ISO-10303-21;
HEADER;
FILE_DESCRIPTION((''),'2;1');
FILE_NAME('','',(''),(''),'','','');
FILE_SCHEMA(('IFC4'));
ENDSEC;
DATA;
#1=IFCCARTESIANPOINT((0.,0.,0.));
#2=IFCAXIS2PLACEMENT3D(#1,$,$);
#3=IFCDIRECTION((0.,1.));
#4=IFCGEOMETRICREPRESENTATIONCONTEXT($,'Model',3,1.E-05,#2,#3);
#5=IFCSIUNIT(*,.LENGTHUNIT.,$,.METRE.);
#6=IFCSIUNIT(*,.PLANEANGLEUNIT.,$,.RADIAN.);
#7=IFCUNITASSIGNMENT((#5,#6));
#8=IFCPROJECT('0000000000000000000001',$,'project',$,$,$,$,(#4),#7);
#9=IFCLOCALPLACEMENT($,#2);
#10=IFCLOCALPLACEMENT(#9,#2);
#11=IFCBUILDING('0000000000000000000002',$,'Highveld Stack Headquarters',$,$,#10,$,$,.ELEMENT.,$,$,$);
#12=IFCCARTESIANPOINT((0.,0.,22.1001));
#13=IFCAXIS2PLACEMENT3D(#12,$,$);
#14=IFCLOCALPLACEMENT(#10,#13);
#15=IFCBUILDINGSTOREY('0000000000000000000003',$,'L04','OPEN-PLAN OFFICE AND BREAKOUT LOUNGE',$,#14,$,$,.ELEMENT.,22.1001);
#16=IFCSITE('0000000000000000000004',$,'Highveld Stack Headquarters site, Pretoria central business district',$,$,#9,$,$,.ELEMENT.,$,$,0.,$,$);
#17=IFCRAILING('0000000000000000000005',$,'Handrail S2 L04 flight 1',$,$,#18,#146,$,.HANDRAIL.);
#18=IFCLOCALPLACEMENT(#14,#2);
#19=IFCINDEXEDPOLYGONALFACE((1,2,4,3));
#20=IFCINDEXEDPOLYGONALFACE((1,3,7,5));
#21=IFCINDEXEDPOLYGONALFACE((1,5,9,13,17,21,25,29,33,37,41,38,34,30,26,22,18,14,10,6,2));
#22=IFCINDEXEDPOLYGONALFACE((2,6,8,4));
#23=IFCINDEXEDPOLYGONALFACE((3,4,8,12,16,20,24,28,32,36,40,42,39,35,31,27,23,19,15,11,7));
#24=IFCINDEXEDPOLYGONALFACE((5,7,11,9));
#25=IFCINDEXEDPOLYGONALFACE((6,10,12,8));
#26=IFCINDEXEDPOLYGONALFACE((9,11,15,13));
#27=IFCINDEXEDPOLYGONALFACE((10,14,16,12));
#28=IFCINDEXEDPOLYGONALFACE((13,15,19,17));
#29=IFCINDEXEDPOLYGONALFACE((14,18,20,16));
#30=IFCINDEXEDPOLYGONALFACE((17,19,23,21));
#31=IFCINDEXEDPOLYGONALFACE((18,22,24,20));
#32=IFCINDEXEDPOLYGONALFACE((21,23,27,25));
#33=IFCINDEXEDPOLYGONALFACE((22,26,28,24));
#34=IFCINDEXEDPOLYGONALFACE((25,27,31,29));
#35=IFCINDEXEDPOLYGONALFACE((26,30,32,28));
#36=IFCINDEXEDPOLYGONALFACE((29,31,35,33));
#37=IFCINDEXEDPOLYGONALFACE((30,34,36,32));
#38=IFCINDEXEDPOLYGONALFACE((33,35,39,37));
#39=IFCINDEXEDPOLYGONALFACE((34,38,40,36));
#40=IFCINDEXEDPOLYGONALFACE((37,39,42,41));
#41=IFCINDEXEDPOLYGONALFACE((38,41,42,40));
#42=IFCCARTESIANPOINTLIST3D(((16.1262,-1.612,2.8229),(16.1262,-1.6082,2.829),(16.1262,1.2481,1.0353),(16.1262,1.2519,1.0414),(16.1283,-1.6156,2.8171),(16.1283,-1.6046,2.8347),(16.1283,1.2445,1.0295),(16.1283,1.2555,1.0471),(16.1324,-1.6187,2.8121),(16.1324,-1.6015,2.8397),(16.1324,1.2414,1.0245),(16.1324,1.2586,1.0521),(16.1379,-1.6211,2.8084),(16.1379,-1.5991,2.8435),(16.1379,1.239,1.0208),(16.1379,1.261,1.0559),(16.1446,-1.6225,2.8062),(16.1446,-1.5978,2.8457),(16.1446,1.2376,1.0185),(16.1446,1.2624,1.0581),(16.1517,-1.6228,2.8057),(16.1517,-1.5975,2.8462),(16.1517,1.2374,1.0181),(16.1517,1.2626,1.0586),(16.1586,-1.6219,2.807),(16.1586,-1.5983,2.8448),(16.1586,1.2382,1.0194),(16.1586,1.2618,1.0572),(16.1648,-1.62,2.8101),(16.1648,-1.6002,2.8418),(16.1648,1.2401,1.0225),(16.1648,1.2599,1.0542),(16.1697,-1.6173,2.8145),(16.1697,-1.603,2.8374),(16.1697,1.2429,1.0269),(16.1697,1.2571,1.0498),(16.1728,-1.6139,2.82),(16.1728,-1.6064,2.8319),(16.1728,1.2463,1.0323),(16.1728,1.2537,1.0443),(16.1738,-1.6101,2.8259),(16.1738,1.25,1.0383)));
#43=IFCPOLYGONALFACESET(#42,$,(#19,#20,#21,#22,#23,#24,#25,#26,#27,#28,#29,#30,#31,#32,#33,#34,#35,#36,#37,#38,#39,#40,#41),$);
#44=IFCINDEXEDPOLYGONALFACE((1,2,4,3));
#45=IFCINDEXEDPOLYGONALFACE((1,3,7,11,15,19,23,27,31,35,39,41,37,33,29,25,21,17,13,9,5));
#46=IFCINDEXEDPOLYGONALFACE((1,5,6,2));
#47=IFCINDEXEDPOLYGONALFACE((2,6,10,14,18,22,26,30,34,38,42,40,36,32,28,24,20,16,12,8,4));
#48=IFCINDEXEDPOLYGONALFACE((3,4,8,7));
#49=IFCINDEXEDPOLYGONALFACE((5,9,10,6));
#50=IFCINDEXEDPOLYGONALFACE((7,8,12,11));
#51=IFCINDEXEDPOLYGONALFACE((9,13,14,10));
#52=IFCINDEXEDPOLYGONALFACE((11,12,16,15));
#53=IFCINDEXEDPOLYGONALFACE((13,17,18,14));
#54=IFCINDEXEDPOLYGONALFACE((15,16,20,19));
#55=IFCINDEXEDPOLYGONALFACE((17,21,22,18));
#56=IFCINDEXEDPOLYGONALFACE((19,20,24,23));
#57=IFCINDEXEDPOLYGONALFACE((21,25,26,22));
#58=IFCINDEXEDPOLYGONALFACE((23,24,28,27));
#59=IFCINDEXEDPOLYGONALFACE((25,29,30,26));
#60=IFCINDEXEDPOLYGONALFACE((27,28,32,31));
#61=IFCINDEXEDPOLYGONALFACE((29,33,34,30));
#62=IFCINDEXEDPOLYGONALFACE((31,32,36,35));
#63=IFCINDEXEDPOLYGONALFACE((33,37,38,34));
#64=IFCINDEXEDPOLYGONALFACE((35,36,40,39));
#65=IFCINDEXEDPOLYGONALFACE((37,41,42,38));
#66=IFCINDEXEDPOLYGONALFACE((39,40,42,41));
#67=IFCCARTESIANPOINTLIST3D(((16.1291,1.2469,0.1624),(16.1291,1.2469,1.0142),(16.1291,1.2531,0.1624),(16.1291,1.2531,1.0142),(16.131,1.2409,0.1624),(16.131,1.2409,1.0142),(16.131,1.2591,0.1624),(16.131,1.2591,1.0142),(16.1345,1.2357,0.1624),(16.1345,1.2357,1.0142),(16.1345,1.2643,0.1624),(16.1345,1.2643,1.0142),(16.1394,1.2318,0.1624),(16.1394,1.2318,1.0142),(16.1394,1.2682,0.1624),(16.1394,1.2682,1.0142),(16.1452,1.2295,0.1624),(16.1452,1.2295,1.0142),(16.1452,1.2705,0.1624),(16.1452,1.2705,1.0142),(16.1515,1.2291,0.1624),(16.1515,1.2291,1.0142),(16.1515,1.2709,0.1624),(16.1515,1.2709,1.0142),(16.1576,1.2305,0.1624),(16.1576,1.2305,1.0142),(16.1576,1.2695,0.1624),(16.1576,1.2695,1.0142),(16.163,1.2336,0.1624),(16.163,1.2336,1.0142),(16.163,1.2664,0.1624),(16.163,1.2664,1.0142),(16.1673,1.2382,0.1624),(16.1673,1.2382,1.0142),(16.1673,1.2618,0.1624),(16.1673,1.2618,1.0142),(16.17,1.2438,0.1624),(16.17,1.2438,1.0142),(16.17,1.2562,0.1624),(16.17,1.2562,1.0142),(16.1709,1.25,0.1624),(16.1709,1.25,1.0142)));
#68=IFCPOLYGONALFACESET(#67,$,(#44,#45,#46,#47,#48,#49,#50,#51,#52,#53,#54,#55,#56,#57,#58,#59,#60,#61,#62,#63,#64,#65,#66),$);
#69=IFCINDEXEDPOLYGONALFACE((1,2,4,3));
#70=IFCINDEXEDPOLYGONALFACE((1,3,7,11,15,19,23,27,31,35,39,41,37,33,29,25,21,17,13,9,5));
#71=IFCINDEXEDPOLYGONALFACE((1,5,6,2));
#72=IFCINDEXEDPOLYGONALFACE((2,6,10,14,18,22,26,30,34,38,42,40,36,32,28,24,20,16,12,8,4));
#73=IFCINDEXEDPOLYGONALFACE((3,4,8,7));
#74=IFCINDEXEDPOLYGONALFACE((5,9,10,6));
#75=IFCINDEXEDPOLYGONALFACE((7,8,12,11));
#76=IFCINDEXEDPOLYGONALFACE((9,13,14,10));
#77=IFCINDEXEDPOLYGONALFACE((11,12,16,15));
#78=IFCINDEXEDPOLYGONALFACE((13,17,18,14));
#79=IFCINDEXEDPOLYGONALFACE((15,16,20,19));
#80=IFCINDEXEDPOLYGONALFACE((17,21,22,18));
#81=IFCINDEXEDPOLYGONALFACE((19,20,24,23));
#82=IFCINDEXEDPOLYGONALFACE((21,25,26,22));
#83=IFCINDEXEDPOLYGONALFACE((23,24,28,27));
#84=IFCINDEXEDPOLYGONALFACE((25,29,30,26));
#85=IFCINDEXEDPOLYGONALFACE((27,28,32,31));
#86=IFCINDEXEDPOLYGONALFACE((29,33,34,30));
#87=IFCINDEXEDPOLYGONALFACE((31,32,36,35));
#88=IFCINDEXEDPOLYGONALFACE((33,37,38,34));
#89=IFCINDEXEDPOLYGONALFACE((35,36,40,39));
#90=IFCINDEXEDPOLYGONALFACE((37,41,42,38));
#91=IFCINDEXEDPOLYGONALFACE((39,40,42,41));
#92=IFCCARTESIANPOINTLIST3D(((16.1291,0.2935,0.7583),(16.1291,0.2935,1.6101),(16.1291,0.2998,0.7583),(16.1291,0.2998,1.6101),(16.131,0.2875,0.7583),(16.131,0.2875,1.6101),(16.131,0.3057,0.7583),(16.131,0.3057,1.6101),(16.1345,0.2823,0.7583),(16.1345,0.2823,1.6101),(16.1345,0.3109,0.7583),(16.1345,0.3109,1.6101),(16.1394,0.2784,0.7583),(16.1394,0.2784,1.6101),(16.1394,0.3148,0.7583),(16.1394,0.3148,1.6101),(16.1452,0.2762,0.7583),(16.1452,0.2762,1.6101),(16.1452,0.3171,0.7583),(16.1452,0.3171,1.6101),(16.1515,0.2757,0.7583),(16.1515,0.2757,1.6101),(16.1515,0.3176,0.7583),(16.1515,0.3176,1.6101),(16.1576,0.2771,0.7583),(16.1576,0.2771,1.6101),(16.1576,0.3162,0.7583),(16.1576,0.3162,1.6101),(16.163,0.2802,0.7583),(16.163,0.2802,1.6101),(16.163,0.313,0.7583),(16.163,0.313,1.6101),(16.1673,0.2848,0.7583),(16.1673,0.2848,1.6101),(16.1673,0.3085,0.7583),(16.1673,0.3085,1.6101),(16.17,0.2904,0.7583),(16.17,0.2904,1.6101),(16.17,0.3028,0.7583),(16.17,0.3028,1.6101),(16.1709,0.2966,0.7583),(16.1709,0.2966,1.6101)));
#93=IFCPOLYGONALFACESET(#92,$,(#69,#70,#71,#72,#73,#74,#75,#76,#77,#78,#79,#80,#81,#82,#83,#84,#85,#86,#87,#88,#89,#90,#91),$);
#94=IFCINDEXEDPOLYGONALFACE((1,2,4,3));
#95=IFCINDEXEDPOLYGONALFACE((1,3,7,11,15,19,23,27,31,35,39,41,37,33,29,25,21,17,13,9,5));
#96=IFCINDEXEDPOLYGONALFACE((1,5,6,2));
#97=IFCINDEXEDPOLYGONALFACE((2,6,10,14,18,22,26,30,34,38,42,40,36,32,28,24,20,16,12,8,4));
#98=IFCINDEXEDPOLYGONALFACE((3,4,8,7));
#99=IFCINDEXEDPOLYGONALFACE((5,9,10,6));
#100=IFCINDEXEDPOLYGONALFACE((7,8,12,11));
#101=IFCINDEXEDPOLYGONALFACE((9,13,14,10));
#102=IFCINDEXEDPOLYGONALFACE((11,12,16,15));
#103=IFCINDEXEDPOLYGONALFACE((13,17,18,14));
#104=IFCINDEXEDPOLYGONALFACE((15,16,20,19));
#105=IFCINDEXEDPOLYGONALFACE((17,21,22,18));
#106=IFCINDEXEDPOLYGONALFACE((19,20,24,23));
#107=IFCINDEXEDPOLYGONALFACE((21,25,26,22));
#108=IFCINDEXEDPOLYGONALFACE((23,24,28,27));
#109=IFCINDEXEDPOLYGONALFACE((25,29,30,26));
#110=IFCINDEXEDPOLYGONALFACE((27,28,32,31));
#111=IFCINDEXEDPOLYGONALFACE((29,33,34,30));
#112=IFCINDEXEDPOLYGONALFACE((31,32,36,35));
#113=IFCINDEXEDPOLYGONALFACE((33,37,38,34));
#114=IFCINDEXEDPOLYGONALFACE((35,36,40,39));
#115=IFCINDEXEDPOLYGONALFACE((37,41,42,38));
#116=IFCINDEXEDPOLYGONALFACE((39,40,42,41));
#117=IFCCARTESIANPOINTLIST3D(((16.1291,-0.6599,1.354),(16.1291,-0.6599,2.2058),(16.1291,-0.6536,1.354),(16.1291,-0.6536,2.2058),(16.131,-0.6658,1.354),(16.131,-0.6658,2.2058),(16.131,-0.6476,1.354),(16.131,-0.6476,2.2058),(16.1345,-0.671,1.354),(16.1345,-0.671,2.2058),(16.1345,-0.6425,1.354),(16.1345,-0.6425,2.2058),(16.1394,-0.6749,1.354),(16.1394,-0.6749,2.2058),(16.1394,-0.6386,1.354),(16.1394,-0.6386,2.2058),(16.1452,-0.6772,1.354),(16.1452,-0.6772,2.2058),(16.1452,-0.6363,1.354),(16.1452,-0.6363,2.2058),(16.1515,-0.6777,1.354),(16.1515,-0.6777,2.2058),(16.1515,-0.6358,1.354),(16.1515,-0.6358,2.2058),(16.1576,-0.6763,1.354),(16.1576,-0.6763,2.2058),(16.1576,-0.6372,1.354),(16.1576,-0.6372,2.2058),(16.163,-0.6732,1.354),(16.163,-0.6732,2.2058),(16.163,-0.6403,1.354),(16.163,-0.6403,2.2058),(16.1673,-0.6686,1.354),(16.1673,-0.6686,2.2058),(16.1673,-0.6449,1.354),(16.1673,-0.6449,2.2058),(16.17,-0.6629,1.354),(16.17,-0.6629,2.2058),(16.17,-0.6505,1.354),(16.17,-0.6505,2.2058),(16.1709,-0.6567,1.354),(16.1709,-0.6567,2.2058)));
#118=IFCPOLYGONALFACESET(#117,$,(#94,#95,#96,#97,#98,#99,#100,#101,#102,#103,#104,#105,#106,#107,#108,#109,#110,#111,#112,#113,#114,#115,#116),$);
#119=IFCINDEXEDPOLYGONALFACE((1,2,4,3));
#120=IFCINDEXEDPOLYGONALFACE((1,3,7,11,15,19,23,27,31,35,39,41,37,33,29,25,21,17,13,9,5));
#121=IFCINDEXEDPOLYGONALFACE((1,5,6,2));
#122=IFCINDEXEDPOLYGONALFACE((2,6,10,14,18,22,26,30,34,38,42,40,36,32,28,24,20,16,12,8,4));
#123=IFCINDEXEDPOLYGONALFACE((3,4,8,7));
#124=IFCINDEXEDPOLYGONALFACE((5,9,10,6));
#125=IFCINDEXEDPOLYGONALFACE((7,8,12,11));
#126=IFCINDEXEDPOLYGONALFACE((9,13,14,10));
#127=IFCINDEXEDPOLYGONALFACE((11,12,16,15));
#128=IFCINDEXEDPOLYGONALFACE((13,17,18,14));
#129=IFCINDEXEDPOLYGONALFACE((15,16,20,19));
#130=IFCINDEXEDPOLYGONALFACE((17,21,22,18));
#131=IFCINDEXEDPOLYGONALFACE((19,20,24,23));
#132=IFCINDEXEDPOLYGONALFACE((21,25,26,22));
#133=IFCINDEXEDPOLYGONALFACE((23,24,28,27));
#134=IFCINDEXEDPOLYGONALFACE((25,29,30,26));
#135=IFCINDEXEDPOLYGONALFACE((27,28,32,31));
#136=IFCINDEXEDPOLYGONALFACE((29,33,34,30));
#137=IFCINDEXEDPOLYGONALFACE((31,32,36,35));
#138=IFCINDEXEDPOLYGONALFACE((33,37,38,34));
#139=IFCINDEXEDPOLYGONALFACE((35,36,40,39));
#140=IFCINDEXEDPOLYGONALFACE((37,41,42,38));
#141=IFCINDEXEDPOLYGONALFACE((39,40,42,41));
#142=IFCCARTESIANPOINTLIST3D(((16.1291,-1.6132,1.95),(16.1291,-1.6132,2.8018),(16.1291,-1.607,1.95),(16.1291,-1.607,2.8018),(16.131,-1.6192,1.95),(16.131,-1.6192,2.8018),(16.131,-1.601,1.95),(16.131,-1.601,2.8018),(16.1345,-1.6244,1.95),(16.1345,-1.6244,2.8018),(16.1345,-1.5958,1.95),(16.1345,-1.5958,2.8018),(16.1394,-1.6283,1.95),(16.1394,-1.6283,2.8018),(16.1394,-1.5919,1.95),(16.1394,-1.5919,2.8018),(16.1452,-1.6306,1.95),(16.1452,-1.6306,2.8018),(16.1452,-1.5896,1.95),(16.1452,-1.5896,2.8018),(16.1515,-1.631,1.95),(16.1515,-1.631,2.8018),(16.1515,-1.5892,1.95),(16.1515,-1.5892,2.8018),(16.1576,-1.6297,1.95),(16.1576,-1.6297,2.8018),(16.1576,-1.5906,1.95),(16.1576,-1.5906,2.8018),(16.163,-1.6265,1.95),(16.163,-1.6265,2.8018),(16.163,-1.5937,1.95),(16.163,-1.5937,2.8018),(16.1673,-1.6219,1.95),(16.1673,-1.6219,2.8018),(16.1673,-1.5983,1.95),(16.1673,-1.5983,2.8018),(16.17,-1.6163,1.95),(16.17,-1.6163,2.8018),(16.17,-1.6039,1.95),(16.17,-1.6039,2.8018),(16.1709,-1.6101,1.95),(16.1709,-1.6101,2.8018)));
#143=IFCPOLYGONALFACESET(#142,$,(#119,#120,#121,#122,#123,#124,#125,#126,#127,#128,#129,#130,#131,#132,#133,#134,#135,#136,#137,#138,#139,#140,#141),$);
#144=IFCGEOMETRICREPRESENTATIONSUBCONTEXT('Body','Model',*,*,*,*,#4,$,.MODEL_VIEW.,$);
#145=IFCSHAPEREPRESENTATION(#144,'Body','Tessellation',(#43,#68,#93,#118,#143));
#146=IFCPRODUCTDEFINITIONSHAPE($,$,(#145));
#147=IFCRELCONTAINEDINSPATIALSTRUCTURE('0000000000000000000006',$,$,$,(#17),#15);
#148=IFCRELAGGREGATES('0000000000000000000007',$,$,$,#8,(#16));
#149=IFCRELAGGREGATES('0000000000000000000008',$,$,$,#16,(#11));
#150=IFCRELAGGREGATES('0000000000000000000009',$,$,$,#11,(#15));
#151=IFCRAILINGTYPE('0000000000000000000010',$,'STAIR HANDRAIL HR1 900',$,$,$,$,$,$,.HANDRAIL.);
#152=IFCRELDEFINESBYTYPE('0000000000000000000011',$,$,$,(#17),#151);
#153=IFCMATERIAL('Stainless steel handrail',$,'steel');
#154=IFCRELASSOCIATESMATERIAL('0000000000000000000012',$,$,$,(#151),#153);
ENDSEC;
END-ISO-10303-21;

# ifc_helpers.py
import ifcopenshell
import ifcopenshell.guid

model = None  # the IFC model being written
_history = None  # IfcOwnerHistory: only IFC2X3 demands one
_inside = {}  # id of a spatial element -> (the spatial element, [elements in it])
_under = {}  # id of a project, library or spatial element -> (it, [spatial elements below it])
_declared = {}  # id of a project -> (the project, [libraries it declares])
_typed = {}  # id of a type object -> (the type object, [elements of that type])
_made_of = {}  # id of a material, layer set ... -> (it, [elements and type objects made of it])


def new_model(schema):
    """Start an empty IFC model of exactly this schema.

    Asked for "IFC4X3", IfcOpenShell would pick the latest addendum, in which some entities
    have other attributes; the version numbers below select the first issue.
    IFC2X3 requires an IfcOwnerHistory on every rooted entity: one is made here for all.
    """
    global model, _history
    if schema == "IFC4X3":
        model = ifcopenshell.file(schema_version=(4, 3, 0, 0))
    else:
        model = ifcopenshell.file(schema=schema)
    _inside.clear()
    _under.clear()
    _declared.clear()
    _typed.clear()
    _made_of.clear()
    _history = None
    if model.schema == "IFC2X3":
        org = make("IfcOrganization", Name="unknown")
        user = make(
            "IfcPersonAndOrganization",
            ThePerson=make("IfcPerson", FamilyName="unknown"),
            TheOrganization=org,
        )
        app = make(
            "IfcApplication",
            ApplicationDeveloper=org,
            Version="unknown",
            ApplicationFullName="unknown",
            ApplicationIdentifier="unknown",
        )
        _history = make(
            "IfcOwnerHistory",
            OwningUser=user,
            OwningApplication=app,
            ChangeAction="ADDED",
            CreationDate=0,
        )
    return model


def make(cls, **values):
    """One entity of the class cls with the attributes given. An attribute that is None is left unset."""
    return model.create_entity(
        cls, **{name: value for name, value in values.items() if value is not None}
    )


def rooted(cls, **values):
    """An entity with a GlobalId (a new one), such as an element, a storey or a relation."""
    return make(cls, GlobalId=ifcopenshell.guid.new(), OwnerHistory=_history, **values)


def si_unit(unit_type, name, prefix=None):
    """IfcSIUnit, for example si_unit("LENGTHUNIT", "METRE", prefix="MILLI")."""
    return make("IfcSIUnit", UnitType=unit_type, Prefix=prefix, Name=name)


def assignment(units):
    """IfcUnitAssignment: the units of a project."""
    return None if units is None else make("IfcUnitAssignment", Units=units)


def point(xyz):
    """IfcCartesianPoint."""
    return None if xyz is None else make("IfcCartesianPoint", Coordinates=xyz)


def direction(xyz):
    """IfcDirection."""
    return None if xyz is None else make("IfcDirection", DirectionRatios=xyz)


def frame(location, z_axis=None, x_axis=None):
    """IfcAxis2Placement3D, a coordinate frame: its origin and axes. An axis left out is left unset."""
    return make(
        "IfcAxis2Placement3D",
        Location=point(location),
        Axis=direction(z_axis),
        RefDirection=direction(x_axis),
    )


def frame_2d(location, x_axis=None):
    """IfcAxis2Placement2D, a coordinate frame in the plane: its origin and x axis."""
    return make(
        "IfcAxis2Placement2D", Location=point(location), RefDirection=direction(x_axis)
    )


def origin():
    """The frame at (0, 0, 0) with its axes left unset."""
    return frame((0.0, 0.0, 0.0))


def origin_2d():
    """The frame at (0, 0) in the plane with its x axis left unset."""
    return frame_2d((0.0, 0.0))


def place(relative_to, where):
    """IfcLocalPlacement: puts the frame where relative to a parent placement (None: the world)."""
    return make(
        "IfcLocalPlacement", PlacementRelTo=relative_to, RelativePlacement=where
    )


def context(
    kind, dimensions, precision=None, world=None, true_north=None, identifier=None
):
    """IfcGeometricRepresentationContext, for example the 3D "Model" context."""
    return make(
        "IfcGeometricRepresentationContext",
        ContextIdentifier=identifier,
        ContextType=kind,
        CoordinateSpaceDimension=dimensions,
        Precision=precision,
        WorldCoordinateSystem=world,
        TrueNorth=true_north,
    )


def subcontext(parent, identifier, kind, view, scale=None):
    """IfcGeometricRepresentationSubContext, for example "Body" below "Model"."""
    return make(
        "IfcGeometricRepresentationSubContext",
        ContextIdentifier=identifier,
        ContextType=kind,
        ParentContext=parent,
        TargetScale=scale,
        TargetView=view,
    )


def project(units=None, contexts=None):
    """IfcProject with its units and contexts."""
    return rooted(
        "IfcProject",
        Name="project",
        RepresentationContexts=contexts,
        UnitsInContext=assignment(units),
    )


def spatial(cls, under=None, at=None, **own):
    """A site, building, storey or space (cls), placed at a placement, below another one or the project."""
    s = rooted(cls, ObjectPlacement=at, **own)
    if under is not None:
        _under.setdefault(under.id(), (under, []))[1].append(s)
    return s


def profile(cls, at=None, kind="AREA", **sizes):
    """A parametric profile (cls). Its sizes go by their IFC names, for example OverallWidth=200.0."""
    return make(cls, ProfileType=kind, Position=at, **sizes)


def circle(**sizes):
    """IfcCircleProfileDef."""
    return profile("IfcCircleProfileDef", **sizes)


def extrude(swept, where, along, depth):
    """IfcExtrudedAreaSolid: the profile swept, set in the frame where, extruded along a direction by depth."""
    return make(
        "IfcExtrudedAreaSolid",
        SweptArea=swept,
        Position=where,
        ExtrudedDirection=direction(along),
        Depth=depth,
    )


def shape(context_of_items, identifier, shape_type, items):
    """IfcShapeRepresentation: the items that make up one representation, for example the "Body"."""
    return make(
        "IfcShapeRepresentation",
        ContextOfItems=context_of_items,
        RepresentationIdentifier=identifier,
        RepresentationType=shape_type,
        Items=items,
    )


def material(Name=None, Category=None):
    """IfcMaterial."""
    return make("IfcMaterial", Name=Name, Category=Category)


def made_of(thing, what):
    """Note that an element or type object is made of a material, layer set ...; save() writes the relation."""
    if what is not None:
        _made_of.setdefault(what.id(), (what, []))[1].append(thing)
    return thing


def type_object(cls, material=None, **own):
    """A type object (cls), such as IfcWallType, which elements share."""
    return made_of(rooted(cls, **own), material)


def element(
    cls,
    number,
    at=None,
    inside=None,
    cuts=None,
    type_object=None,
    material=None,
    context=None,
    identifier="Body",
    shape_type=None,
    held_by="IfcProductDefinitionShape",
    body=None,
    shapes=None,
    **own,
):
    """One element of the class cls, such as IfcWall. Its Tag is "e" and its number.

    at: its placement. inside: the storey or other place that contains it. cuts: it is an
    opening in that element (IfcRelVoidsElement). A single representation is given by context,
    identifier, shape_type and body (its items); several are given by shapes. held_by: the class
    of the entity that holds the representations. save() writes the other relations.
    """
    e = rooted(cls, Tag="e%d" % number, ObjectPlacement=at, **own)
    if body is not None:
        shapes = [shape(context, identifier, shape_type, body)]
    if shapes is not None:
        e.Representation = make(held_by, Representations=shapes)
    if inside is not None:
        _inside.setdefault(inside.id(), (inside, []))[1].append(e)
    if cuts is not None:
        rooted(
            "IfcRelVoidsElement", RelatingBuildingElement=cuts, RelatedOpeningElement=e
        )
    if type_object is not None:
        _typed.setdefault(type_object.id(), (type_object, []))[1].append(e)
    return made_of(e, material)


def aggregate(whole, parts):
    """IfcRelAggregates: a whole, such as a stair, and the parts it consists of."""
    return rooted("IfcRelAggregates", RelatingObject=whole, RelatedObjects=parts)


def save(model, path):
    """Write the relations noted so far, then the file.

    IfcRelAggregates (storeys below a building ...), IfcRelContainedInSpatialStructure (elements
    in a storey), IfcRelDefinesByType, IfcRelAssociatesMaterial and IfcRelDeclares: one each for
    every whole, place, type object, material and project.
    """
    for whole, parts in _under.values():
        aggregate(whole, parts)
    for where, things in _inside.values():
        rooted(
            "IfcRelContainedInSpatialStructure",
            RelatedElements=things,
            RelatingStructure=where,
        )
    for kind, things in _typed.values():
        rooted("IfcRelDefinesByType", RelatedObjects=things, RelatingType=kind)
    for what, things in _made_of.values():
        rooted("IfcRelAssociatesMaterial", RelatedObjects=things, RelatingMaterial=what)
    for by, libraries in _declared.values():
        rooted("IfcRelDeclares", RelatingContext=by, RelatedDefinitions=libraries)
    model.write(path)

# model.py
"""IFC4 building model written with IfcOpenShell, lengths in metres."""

from ifc_helpers import new_model, si_unit, direction, frame, origin, origin_2d, place, context, subcontext, project, spatial, circle, extrude, material, type_object, element, save


model = new_model("IFC4")

# Units and contexts
model_context = context("Model", 3, precision=1e-05, world=origin(), true_north=direction((0.0, 1.0)))
body_context = subcontext(model_context, "Body", "Model", "MODEL_VIEW")
ifc_project = project(units=[si_unit("LENGTHUNIT", "METRE"), si_unit("PLANEANGLEUNIT", "RADIAN")], contexts=[model_context])

# Site, building, storey
site_placement = place(None, origin())
site = spatial("IfcSite", under=ifc_project, at=site_placement, Name="Highveld Stack Headquarters site, Pretoria central business district", CompositionType="ELEMENT", RefElevation=0.0)
building_placement = place(site_placement, origin())
building = spatial("IfcBuilding", under=site, at=building_placement, Name="Highveld Stack Headquarters", CompositionType="ELEMENT")
storey_placement = place(building_placement, frame((0.0, 0.0, 22.1001)))
storey = spatial("IfcBuildingStorey", under=building, at=storey_placement, Name="L04", Description="OPEN-PLAN OFFICE AND BREAKOUT LOUNGE", CompositionType="ELEMENT", Elevation=22.1001)

# Railing
ifc_material_1 = material(Name="Stainless steel handrail", Category="steel")
railing_type = type_object("IfcRailingType", Name="STAIR HANDRAIL HR1 900", PredefinedType="HANDRAIL", material=ifc_material_1)
for number, where, name in (
    (1, (16.1499, 1.25, 0.1624), "Handrail S2 L04 flight 1"),
):
    element("IfcRailing", number, at=place(storey_placement, frame(where)), inside=storey, type_object=railing_type, Name=name, PredefinedType="HANDRAIL", context=body_context, shape_type="SweptSolid", body=[
        extrude(circle(Radius=0.0239, at=origin_2d()), frame((0.0, 0.0, 0.876), z_axis=(0.0, -0.847994, 0.530005), x_axis=(1.0, 0.0, 0.0)), (0.0, 0.0, 1.0), 3.3728),
        extrude(circle(Radius=0.021, at=origin_2d()), origin(), (0.0, 0.0, 1.0), 0.8518),
        extrude(circle(Radius=0.021, at=origin_2d()), frame((0.0, -0.9534, 0.5959)), (0.0, 0.0, 1.0), 0.8518),
        extrude(circle(Radius=0.021, at=origin_2d()), frame((0.0, -1.9067, 1.1917)), (0.0, 0.0, 1.0), 0.8518),
        extrude(circle(Radius=0.021, at=origin_2d()), frame((0.0, -2.8601, 1.7876)), (0.0, 0.0, 1.0), 0.8518),
    ])

save(model, "model.ifc")
